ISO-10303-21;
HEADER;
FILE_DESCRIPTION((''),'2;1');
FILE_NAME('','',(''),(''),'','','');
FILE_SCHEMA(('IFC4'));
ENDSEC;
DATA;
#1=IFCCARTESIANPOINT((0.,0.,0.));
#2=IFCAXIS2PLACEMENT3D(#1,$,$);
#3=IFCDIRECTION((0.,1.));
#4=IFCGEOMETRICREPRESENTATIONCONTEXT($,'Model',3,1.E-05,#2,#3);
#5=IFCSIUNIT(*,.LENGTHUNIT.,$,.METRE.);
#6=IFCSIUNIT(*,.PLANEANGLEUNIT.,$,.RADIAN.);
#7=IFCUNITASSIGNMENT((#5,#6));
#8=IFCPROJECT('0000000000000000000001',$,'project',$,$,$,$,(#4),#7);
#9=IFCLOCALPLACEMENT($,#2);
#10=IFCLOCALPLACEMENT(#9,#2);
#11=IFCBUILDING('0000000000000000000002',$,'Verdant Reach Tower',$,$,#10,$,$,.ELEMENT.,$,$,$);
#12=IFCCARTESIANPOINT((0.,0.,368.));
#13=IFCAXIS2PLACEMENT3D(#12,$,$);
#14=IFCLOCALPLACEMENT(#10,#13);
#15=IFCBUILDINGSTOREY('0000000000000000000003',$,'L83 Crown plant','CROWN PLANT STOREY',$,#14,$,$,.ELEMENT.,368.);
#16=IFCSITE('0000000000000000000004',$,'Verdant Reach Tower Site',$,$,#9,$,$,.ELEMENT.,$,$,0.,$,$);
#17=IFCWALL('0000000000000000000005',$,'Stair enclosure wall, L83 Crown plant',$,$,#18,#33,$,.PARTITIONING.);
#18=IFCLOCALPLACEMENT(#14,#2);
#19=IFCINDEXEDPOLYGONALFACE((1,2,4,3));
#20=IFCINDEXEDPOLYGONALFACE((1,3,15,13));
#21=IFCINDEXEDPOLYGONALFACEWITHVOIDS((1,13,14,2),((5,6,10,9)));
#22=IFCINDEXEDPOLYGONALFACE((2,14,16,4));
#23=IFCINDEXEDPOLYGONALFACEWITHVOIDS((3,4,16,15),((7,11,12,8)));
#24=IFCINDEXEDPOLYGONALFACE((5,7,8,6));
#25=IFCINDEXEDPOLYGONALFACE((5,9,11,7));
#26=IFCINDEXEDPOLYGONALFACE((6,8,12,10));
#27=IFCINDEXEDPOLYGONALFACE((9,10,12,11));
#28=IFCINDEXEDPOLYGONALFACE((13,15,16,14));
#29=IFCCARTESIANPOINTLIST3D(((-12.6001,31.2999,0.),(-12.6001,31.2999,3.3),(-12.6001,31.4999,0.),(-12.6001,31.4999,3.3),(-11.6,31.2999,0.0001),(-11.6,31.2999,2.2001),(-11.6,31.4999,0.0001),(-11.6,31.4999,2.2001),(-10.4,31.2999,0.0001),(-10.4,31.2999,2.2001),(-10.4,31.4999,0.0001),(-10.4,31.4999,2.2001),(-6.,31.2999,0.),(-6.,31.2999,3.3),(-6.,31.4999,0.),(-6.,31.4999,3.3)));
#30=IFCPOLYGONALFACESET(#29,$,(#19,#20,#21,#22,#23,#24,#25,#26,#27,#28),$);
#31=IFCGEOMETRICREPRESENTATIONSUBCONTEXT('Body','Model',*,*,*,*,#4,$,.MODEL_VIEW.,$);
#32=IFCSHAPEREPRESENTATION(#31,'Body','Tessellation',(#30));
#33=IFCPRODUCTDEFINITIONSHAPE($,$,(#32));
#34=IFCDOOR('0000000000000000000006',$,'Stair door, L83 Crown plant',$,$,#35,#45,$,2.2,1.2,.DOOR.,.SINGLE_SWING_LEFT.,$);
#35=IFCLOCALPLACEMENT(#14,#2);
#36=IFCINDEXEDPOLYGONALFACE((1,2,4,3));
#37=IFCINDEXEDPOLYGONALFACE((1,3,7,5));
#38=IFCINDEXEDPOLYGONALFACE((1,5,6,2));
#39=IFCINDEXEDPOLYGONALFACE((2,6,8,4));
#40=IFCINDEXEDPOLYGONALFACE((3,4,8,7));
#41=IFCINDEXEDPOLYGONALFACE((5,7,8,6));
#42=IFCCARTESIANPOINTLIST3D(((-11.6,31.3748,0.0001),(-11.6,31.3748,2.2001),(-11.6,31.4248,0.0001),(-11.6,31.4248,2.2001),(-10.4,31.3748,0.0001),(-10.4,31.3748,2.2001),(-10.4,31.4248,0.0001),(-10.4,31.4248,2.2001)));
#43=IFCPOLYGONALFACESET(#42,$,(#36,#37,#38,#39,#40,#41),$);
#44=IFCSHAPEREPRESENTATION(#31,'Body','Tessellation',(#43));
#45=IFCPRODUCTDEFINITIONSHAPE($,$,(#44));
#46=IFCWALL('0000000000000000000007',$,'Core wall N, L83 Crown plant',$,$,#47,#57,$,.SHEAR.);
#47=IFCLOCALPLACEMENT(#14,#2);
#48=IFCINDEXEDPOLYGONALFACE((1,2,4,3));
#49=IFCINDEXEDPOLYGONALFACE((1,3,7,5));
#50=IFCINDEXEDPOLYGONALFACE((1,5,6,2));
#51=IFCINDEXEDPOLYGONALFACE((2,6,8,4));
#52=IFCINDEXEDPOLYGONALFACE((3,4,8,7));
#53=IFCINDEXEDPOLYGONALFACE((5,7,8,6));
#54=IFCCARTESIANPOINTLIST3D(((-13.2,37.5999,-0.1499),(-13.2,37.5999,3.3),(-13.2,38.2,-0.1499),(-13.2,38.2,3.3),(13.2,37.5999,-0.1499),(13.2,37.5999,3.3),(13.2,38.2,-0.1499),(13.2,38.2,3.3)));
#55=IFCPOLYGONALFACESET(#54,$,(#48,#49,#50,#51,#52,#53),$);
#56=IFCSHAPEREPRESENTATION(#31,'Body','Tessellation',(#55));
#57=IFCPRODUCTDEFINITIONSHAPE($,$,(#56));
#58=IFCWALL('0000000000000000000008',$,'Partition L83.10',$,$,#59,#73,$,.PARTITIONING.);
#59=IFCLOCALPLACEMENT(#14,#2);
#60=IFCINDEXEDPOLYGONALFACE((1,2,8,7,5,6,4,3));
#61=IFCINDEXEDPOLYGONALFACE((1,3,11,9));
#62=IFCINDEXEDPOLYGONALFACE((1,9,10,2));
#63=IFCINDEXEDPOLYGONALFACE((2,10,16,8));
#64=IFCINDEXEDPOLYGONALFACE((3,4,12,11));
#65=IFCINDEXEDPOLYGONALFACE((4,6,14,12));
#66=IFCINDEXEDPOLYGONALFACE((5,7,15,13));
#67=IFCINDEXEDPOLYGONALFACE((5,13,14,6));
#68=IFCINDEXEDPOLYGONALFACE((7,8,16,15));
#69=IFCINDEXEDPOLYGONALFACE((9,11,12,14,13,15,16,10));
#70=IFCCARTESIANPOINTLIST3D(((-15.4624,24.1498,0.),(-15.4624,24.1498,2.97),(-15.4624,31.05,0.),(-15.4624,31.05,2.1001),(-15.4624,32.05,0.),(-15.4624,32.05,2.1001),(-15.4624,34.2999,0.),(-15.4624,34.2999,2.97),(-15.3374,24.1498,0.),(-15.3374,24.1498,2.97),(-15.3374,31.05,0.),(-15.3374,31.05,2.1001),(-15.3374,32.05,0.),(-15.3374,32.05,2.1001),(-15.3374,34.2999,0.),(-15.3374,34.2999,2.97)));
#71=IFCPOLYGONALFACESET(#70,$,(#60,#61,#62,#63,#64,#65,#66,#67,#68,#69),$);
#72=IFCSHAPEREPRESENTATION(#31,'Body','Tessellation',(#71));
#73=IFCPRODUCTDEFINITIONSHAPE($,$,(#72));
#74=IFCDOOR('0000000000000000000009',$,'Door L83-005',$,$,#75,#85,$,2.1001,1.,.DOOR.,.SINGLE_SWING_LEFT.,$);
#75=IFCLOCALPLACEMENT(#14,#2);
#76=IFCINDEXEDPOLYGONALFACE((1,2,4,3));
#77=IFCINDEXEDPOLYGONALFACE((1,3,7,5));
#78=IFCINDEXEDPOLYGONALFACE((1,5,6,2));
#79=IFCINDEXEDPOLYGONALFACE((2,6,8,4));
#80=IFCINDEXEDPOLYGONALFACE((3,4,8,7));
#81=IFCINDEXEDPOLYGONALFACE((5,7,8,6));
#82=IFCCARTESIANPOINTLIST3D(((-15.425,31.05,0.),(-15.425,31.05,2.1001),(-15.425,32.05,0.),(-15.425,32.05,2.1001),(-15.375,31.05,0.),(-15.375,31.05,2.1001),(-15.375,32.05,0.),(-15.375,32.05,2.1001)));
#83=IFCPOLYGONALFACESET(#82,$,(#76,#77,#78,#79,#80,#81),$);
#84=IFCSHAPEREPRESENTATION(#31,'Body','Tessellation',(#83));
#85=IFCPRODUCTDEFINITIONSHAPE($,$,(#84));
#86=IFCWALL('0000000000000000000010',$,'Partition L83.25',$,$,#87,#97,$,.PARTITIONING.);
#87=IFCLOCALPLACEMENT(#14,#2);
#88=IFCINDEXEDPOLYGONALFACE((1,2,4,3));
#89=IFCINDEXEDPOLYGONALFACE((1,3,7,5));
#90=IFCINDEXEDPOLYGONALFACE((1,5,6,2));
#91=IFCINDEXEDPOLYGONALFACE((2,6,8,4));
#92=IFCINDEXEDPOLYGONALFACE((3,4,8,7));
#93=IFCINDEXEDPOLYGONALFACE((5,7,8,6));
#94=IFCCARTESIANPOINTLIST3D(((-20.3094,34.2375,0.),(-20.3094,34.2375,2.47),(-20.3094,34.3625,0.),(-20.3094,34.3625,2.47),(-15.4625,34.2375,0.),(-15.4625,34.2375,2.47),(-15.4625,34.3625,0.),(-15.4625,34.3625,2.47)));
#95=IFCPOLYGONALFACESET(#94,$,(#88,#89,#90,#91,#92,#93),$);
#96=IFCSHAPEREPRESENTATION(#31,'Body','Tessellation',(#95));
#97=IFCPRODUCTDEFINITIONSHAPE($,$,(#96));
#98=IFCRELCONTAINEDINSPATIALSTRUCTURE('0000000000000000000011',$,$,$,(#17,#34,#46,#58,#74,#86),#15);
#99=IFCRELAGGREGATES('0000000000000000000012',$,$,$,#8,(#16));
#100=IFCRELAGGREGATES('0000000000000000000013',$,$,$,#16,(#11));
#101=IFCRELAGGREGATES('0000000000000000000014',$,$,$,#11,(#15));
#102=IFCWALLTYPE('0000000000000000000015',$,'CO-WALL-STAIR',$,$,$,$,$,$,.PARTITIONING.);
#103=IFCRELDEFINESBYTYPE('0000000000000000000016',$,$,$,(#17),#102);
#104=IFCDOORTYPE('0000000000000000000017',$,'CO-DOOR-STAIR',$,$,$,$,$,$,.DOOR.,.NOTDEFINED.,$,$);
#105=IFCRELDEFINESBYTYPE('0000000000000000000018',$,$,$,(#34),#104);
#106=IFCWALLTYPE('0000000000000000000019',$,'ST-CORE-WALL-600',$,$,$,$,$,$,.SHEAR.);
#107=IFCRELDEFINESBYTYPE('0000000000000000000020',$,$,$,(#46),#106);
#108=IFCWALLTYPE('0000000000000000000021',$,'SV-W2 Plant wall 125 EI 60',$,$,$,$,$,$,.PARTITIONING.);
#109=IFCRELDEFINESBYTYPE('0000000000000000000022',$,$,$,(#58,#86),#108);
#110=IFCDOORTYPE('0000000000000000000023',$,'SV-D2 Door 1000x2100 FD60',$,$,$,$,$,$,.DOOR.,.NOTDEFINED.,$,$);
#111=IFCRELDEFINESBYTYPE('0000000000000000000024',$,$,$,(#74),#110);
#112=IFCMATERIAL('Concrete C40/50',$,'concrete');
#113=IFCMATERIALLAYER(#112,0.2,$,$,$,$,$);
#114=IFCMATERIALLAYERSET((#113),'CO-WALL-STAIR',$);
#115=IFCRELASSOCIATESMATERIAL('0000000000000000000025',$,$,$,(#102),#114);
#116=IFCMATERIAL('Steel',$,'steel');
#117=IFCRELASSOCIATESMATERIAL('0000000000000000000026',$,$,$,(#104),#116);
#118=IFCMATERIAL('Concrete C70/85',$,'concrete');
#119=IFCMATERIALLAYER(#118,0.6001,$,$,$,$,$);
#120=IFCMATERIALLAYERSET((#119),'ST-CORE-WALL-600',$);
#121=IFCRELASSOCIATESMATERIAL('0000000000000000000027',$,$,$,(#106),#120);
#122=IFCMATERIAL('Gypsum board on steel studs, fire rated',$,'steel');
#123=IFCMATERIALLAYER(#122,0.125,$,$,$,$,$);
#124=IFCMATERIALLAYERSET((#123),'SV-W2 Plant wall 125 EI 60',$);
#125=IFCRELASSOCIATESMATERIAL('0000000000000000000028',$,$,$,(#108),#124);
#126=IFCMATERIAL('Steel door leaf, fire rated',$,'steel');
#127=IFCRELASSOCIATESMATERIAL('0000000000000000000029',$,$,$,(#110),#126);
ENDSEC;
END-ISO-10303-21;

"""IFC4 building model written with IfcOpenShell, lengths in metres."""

from ifc_helpers import new_model, si_unit, direction, frame, frame_2d, origin, place, context, subcontext, project, spatial, rectangle, extrude, material, layer, layer_set, type_object, element, fill, save


model = new_model("IFC4")

# Units and contexts
model_context = context("Model", 3, precision=1e-05, world=origin(), true_north=direction((0.0, 1.0)))
body_context = subcontext(model_context, "Body", "Model", "MODEL_VIEW")
ifc_project = project(units=[si_unit("LENGTHUNIT", "METRE"), si_unit("PLANEANGLEUNIT", "RADIAN")], contexts=[model_context])

# Site, building, storey
site_placement = place(None, origin())
site = spatial("IfcSite", under=ifc_project, at=site_placement, Name="Verdant Reach Tower Site", CompositionType="ELEMENT", RefElevation=0.0)
building_placement = place(site_placement, origin())
building = spatial("IfcBuilding", under=site, at=building_placement, Name="Verdant Reach Tower", CompositionType="ELEMENT")
storey_placement = place(building_placement, frame((0.0, 0.0, 368.0)))
storey = spatial("IfcBuildingStorey", under=building, at=storey_placement, Name="L83 Crown plant", Description="CROWN PLANT STOREY", CompositionType="ELEMENT", Elevation=368.0)

# Shared definitions
ifc_material_1 = material(Name="Concrete C40/50", Category="concrete")
ifc_material_2 = material(Name="Steel", Category="steel")

# Wall, opening, door
ifc_layer_1 = layer(ifc_material_1, 0.2)
ifc_layer_set_1 = layer_set([ifc_layer_1], Name="CO-WALL-STAIR")
wall_type_1 = type_object("IfcWallType", Name="CO-WALL-STAIR", PredefinedType="PARTITIONING", material=ifc_layer_set_1)
wall_1_placement = place(storey_placement, frame((-12.6001, 31.3999, 0.0), z_axis=(0.0, 0.0, 1.0), x_axis=(1.0, 0.0, 0.0)))
wall_1 = element("IfcWall", 1, at=wall_1_placement, inside=storey, type_object=wall_type_1, Name="Stair enclosure wall, L83 Crown plant", PredefinedType="PARTITIONING", context=body_context, shape_type="SweptSolid", body=[
    extrude(rectangle(XDim=6.6001, YDim=0.2, at=frame_2d((3.3, 0.0))), origin(), (0.0, 0.0, 1.0), 3.3),
])
opening_1_placement = place(wall_1_placement, frame((1.0, 0.0, 0.0)))
opening_1 = element("IfcOpeningElement", 2, at=opening_1_placement, cuts=wall_1, PredefinedType="OPENING", context=body_context, shape_type="SweptSolid", body=[
    extrude(rectangle(XDim=1.2, YDim=2.2, at=frame_2d((0.6001, 1.1001))), frame((0.0, 0.1099, 0.0), z_axis=(0.0, -1.0, 0.0), x_axis=(1.0, 0.0, 0.0)), (0.0, 0.0, 1.0), 0.22),
])
door_type_1 = type_object("IfcDoorType", Name="CO-DOOR-STAIR", OperationType="NOTDEFINED", PredefinedType="DOOR", material=ifc_material_2)
door_1_placement = place(opening_1_placement, origin())
door_1 = element("IfcDoor", 3, at=door_1_placement, inside=storey, type_object=door_type_1, Name="Stair door, L83 Crown plant", OperationType="SINGLE_SWING_LEFT", OverallHeight=2.2, OverallWidth=1.2, PredefinedType="DOOR", context=body_context, shape_type="SweptSolid", body=[
    extrude(rectangle(XDim=1.2, YDim=2.2, at=frame_2d((0.6001, 1.1001))), frame((0.0, 0.0249, 0.0), z_axis=(0.0, -1.0, 0.0), x_axis=(1.0, 0.0, 0.0)), (0.0, 0.0, 1.0), 0.05),
])
fill(opening_1, door_1)

# Wall
ifc_material_3 = material(Name="Concrete C70/85", Category="concrete")
ifc_layer_2 = layer(ifc_material_3, 0.6001)
ifc_layer_set_2 = layer_set([ifc_layer_2], Name="ST-CORE-WALL-600")
wall_type_2 = type_object("IfcWallType", Name="ST-CORE-WALL-600", PredefinedType="SHEAR", material=ifc_layer_set_2)
wall_2_placement = place(storey_placement, frame((-13.2, 37.8999, -0.1499), z_axis=(0.0, 0.0, 1.0), x_axis=(1.0, 0.0, 0.0)))
element("IfcWall", 4, at=wall_2_placement, inside=storey, type_object=wall_type_2, Name="Core wall N, L83 Crown plant", PredefinedType="SHEAR", context=body_context, shape_type="SweptSolid", body=[
    extrude(rectangle(XDim=26.3999, YDim=0.6001, at=frame_2d((13.2, 0.0))), origin(), (0.0, 0.0, 1.0), 3.45),
])

# Wall, opening, door
ifc_material_4 = material(Name="Gypsum board on steel studs, fire rated", Category="steel")
ifc_layer_3 = layer(ifc_material_4, 0.125)
ifc_layer_set_3 = layer_set([ifc_layer_3], Name="SV-W2 Plant wall 125 EI 60")
wall_type_3 = type_object("IfcWallType", Name="SV-W2 Plant wall 125 EI 60", PredefinedType="PARTITIONING", material=ifc_layer_set_3)
wall_3_placement = place(storey_placement, frame((-15.3999, 34.3, 0.0), z_axis=(0.0, 0.0, 1.0), x_axis=(0.0, -1.0, 0.0)))
wall_3 = element("IfcWall", 5, at=wall_3_placement, inside=storey, type_object=wall_type_3, Name="Partition L83.10", PredefinedType="PARTITIONING", context=body_context, shape_type="SweptSolid", body=[
    extrude(rectangle(XDim=10.1501, YDim=0.125, at=frame_2d((5.0752, 0.0))), origin(), (0.0, 0.0, 1.0), 2.97),
])
opening_2_placement = place(wall_3_placement, frame((2.25, 0.0, 0.0)))
opening_2 = element("IfcOpeningElement", 6, at=opening_2_placement, cuts=wall_3, PredefinedType="OPENING", context=body_context, shape_type="SweptSolid", body=[
    extrude(rectangle(XDim=1.0, YDim=2.1001, at=frame_2d((0.5, 1.05))), frame((0.0, 0.0725, 0.0), z_axis=(0.0, -1.0, 0.0), x_axis=(1.0, 0.0, 0.0)), (0.0, 0.0, 1.0), 0.145),
])
ifc_material_5 = material(Name="Steel door leaf, fire rated", Category="steel")
door_type_2 = type_object("IfcDoorType", Name="SV-D2 Door 1000x2100 FD60", OperationType="NOTDEFINED", PredefinedType="DOOR", material=ifc_material_5)
door_2_placement = place(opening_2_placement, origin())
door_2 = element("IfcDoor", 7, at=door_2_placement, inside=storey, type_object=door_type_2, Name="Door L83-005", OperationType="SINGLE_SWING_LEFT", OverallHeight=2.1001, OverallWidth=1.0, PredefinedType="DOOR", context=body_context, shape_type="SweptSolid", body=[
    extrude(rectangle(XDim=1.0, YDim=2.1001, at=frame_2d((0.5, 1.05))), frame((0.0, 0.0249, 0.0), z_axis=(0.0, -1.0, 0.0), x_axis=(1.0, 0.0, 0.0)), (0.0, 0.0, 1.0), 0.05),
])
fill(opening_2, door_2)

# Wall
wall_4_placement = place(storey_placement, frame((-20.3093, 34.3, 0.0), z_axis=(0.0, 0.0, 1.0), x_axis=(1.0, 0.0, 0.0)))
element("IfcWall", 8, at=wall_4_placement, inside=storey, type_object=wall_type_3, Name="Partition L83.25", PredefinedType="PARTITIONING", context=body_context, shape_type="SweptSolid", body=[
    extrude(rectangle(XDim=4.8469, YDim=0.125, at=frame_2d((2.4233, 0.0))), origin(), (0.0, 0.0, 1.0), 2.47),
])

save(model, "model.ifc")
